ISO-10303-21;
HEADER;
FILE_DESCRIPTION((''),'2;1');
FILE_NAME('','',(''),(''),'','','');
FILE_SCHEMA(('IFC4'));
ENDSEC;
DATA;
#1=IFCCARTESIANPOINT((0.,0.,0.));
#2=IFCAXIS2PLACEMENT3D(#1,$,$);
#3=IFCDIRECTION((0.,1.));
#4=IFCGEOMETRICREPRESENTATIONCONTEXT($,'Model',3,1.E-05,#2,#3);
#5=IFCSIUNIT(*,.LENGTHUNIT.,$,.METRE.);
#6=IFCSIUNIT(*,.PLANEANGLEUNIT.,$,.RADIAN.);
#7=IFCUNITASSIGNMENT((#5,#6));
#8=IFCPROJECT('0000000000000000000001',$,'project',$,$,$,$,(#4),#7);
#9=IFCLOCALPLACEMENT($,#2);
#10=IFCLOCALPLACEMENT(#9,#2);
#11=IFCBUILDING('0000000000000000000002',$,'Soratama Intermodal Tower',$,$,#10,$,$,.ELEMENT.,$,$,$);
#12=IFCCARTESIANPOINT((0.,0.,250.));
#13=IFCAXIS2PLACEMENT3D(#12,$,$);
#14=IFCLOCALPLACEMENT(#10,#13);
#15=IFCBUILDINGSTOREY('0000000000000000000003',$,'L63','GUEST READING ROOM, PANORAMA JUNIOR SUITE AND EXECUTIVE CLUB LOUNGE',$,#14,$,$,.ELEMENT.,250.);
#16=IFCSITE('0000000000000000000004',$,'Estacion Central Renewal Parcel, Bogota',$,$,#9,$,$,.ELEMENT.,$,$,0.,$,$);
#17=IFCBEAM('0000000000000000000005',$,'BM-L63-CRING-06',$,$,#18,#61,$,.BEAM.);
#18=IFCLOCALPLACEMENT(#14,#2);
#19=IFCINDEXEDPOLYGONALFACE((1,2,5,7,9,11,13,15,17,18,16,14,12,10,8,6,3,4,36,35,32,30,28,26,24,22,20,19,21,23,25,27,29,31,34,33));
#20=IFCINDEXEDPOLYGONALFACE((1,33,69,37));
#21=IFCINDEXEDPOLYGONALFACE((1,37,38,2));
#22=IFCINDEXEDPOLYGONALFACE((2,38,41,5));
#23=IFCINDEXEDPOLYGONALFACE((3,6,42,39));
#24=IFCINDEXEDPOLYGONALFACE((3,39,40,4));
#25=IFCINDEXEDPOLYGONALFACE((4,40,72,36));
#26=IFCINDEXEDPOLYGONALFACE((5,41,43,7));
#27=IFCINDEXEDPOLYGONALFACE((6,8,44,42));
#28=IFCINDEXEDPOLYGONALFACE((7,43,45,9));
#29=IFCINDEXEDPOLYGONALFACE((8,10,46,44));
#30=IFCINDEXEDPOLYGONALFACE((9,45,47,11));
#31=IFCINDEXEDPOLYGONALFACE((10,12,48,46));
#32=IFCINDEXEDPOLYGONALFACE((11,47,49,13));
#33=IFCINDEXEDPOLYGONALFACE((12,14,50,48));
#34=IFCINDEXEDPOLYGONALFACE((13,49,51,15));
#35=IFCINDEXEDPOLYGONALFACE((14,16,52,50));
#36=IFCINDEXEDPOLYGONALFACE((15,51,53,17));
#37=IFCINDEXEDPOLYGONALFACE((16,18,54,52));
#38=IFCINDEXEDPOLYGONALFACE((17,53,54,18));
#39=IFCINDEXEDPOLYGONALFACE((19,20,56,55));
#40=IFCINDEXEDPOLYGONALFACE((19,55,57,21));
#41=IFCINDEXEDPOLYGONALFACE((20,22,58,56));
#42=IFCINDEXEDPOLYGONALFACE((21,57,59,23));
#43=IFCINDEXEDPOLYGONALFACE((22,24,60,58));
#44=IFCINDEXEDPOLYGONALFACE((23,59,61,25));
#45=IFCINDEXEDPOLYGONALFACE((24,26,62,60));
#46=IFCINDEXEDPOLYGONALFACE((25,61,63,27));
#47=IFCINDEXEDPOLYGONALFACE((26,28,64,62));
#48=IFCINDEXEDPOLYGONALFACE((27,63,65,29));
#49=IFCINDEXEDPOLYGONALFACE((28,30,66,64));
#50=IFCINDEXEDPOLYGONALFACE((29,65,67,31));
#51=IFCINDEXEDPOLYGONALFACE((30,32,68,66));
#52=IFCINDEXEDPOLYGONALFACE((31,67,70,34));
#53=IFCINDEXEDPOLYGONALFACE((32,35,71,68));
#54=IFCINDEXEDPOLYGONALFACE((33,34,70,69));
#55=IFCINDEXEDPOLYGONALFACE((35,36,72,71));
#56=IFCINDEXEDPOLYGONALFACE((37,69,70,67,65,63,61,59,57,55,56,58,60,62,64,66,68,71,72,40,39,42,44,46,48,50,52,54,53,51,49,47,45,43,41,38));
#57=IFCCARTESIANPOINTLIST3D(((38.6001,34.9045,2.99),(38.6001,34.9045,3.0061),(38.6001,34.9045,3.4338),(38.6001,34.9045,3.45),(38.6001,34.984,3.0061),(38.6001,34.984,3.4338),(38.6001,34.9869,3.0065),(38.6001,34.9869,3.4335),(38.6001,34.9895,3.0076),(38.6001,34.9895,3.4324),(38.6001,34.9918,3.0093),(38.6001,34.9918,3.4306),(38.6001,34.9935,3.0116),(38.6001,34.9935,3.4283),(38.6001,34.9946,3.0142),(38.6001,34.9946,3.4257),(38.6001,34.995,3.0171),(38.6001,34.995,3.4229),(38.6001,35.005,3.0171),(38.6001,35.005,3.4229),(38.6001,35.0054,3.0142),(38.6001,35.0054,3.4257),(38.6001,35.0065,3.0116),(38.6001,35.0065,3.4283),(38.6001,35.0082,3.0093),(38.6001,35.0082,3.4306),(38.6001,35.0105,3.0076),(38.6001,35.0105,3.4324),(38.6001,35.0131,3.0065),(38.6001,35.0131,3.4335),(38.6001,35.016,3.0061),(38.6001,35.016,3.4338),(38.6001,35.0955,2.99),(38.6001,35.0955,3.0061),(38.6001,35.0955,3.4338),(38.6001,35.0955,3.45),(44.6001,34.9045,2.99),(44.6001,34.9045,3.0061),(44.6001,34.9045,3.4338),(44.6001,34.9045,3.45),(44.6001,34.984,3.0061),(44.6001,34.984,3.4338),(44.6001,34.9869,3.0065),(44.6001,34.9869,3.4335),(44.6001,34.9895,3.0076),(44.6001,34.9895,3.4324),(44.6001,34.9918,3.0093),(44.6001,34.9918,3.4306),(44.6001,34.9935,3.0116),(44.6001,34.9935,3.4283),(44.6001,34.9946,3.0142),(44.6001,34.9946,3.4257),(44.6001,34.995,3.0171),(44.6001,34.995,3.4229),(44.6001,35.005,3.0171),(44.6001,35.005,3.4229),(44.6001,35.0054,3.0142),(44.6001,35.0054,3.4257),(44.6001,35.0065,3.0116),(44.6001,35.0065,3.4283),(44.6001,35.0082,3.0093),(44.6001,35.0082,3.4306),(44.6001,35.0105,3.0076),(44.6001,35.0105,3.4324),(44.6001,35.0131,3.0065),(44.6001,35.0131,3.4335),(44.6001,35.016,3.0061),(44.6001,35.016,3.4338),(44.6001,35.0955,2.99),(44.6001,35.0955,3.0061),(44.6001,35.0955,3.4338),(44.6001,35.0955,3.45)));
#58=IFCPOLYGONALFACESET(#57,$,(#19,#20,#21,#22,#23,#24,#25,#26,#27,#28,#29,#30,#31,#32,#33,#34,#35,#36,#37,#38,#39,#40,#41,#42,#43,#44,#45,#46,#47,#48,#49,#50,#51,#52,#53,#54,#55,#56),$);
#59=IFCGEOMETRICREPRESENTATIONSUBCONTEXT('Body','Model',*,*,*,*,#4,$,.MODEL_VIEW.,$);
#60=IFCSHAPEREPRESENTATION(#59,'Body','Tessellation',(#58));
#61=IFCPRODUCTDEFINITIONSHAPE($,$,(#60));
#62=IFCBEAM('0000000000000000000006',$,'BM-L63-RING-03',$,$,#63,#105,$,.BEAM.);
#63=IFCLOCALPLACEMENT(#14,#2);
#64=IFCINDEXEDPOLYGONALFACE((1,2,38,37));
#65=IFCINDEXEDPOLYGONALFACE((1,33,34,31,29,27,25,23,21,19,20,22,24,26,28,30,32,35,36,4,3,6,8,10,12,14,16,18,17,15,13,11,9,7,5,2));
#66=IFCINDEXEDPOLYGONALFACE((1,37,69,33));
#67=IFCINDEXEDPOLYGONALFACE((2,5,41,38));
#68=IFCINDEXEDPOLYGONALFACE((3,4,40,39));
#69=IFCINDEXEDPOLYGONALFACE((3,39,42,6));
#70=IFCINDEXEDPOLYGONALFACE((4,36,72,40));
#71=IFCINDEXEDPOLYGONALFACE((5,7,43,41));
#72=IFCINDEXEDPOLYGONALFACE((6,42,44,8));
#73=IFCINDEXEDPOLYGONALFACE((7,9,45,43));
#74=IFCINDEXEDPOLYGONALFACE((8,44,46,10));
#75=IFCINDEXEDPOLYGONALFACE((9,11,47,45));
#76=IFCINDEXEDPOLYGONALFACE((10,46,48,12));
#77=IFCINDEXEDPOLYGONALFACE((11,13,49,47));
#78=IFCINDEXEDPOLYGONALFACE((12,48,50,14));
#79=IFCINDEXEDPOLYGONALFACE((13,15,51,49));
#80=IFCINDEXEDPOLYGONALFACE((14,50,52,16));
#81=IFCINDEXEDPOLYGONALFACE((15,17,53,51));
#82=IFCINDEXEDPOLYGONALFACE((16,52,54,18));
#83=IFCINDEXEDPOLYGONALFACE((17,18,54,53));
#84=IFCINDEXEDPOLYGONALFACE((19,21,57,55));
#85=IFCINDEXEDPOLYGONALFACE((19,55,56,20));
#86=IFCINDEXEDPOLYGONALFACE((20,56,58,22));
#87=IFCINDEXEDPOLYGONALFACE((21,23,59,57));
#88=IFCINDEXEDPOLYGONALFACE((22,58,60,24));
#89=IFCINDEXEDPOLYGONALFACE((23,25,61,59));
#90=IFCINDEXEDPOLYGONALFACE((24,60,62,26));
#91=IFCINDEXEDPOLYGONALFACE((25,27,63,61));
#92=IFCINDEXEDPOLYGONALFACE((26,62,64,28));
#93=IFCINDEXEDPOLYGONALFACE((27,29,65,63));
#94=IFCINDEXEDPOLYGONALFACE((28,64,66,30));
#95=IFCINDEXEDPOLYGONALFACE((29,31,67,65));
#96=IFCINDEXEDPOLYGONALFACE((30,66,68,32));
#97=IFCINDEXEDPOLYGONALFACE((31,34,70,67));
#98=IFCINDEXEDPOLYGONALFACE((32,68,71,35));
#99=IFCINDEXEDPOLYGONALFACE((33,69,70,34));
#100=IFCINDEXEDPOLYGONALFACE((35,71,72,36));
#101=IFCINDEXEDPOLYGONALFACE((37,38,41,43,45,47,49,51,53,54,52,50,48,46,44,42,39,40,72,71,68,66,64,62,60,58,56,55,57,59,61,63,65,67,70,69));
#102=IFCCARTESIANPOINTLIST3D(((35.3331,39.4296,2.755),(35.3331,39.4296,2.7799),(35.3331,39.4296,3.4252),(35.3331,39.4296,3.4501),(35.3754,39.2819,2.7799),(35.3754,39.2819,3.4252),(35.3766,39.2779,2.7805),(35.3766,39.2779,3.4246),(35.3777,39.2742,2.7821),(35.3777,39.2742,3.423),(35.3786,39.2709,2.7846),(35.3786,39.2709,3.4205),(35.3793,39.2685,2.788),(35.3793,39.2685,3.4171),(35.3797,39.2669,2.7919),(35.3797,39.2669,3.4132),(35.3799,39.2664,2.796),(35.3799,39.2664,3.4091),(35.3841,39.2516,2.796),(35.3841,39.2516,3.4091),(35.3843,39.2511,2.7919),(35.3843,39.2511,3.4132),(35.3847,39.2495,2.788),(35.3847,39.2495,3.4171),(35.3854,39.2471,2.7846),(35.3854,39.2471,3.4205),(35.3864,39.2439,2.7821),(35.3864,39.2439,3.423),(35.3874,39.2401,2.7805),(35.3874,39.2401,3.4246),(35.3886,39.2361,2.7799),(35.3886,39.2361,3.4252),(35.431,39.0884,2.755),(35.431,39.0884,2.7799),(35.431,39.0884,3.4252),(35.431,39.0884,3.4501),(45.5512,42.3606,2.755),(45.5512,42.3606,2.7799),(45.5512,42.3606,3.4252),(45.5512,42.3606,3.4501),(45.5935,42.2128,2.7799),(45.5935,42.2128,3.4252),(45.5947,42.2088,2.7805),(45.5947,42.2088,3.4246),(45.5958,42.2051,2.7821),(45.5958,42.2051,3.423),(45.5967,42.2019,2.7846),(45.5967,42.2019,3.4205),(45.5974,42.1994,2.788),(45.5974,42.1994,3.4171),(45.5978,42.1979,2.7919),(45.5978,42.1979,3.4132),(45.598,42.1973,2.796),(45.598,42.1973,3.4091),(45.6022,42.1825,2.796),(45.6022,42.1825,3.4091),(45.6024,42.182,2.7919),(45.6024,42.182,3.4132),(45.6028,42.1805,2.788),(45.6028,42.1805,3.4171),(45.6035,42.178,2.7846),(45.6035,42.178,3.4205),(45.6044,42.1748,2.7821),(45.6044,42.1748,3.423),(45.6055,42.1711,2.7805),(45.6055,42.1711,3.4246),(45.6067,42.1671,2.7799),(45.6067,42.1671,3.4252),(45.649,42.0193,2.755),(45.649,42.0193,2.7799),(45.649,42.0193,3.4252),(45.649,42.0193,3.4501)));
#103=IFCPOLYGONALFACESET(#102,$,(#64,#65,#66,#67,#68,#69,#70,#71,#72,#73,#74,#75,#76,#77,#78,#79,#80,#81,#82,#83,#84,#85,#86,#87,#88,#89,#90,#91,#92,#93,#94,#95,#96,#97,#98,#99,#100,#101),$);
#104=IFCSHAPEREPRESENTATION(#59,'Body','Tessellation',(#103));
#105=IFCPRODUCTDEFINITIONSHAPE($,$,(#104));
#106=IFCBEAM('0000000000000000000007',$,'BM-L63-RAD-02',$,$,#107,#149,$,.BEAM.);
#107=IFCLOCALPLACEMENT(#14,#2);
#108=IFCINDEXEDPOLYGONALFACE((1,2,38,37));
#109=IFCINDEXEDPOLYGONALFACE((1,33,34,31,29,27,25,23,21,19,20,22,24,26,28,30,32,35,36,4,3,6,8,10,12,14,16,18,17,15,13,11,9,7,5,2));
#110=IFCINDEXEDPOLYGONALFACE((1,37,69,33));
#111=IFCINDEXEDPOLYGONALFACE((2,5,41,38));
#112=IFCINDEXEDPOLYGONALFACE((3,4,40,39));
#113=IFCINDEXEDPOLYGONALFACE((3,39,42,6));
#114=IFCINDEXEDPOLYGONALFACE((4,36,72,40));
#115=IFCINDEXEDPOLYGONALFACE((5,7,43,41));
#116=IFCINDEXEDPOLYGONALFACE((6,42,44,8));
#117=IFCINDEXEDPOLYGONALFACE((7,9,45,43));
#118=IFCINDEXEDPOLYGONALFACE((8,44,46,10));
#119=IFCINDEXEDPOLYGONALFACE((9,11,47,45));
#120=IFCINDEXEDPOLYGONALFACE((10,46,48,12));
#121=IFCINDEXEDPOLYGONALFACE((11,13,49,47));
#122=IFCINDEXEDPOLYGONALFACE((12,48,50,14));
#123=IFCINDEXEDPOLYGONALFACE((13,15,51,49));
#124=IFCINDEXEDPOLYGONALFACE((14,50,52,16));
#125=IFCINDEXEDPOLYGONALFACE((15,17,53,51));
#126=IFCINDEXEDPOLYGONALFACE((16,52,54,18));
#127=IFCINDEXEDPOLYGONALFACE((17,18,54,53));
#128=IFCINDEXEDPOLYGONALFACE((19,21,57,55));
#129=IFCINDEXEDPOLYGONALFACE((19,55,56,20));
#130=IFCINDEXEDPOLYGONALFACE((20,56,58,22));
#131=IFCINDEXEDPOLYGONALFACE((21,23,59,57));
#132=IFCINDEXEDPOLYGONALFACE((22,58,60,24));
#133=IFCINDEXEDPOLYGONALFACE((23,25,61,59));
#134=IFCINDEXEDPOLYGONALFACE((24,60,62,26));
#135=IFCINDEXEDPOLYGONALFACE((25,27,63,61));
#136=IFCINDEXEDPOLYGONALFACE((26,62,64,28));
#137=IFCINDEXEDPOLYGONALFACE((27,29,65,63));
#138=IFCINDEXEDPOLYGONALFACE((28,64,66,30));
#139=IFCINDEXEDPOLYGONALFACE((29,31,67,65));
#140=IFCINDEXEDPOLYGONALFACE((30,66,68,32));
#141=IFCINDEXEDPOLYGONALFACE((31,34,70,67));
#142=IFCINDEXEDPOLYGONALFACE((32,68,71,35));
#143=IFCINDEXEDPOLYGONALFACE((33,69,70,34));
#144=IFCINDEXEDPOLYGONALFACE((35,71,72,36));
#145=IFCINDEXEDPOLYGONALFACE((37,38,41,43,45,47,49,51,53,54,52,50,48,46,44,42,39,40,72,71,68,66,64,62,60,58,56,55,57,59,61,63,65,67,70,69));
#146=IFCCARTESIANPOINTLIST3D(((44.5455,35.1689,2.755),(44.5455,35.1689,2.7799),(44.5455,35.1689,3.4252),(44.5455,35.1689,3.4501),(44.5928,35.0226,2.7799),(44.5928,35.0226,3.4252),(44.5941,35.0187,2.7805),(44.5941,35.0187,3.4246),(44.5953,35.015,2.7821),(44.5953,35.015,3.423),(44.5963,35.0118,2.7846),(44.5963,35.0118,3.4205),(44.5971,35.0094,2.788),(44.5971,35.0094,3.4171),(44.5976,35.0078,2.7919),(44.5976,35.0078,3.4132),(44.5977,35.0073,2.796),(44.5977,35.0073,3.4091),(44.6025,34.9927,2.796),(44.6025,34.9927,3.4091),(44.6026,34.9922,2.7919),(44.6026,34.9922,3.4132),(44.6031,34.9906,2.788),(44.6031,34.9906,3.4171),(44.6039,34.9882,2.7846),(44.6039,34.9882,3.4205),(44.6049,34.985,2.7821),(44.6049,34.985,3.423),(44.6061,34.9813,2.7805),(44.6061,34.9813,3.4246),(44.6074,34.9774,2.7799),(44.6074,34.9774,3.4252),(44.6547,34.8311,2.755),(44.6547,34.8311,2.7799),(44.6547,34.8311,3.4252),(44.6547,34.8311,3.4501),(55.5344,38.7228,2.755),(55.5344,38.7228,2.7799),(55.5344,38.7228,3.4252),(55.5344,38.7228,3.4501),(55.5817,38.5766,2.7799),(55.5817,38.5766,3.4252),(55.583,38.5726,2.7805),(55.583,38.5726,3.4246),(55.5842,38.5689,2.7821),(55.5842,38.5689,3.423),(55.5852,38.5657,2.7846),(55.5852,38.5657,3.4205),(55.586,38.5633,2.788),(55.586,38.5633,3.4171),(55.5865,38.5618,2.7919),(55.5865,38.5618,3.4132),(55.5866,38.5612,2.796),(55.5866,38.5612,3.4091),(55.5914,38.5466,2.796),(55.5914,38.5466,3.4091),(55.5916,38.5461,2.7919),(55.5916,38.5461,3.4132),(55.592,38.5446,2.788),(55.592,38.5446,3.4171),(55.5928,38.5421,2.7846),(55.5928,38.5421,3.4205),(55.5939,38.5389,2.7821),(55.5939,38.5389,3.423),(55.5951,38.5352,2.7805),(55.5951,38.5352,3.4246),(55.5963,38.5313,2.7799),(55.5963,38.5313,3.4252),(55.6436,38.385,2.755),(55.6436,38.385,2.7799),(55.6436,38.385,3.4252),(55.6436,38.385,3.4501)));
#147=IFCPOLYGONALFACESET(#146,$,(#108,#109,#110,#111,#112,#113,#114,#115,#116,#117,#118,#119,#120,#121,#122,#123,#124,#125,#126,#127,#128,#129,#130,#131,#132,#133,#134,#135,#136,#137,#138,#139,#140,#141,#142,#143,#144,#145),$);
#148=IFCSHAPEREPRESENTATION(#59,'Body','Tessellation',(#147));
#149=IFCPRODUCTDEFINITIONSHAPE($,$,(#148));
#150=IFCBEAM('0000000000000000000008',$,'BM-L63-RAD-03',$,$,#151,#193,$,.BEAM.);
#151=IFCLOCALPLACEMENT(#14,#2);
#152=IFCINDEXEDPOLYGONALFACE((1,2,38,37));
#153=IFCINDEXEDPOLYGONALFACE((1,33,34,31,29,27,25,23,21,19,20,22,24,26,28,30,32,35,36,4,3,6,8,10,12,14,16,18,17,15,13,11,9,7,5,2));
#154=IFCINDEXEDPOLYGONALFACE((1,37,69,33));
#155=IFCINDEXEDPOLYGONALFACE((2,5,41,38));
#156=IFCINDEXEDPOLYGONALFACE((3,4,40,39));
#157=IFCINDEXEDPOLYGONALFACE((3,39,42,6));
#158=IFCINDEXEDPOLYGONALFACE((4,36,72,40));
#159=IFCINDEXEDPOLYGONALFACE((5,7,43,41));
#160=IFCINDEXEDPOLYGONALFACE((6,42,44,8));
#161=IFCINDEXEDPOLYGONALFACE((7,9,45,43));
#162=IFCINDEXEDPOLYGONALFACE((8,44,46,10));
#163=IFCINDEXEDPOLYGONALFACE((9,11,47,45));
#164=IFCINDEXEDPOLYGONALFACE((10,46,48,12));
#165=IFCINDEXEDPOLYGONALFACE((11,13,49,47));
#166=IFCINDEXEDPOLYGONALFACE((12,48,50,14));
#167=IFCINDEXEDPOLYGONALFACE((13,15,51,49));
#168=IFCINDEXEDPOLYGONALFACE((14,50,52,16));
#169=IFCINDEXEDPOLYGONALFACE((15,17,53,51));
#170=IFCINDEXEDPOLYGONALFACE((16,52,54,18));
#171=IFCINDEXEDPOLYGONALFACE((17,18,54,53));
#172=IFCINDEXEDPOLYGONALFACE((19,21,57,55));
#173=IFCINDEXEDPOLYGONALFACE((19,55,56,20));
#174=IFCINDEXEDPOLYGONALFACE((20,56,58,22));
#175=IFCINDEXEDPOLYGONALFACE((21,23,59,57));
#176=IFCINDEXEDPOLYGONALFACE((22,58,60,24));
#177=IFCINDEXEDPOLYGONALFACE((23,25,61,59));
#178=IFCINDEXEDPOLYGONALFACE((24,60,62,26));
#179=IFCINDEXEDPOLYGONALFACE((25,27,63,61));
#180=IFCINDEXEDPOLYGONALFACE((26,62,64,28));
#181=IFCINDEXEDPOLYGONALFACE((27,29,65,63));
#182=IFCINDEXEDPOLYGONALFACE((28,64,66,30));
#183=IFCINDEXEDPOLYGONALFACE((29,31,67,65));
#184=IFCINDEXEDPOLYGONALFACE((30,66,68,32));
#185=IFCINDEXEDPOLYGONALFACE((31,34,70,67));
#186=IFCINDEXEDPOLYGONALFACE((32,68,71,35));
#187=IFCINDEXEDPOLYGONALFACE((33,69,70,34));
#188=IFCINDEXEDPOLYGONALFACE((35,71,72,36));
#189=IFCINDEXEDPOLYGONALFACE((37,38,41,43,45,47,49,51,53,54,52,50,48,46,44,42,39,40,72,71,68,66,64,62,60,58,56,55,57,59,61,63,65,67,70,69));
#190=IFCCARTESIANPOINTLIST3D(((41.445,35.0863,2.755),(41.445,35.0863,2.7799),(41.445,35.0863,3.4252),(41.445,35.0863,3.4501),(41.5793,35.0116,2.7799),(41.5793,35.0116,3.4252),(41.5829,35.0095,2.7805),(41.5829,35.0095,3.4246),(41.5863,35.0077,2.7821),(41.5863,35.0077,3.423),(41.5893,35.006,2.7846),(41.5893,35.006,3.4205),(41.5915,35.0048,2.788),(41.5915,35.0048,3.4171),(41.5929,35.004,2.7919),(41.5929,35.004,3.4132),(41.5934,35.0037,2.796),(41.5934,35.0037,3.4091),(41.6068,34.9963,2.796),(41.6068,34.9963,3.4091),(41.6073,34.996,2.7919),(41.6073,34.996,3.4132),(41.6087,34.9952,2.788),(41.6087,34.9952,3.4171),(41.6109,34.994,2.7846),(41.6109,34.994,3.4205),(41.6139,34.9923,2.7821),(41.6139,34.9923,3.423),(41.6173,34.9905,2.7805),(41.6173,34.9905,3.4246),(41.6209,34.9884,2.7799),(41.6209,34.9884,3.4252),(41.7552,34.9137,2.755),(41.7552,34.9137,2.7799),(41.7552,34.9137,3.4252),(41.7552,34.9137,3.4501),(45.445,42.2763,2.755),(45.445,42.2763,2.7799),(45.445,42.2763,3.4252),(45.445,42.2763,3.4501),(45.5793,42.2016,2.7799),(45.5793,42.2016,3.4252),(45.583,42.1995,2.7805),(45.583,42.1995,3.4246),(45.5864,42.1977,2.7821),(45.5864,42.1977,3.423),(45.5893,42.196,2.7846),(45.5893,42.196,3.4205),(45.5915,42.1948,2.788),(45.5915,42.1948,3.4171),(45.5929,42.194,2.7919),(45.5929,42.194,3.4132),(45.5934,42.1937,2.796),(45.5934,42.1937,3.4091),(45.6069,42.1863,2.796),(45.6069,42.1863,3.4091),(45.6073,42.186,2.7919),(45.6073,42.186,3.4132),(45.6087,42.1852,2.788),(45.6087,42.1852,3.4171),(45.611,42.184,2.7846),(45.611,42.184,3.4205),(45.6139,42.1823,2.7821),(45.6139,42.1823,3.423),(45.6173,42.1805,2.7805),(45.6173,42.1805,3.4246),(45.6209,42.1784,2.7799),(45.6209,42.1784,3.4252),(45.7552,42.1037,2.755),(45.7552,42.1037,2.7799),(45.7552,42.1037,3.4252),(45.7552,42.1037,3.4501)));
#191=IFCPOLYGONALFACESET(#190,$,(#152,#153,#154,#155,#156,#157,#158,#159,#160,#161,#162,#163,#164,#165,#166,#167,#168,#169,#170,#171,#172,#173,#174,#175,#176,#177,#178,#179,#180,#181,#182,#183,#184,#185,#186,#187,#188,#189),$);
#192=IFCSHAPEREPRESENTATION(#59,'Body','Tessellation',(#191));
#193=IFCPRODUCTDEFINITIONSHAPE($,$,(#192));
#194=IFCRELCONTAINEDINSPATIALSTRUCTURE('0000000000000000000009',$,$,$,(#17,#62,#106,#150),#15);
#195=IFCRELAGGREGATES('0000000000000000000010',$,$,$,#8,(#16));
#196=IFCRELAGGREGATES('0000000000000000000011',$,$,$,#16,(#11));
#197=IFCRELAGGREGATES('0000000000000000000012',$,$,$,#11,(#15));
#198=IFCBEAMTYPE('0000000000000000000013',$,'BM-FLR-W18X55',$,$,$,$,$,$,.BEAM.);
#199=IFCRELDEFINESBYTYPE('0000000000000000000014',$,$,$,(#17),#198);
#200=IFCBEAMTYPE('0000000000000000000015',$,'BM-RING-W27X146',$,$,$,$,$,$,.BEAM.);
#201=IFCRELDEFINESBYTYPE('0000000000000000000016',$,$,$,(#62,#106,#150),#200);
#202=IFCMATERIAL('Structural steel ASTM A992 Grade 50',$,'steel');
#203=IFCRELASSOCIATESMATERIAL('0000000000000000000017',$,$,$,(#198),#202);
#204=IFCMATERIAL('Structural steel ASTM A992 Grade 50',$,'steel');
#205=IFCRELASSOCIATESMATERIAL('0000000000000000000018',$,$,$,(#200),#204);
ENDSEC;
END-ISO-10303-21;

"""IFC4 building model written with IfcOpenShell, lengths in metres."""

from ifc_helpers import new_model, si_unit, direction, frame, origin, origin_2d, place, context, subcontext, project, spatial, i_section, extrude, material, material_profile, profile_set, type_object, element, save


model = new_model("IFC4")

# Units and contexts
model_context = context("Model", 3, precision=1e-05, world=origin(), true_north=direction((0.0, 1.0)))
body_context = subcontext(model_context, "Body", "Model", "MODEL_VIEW")
ifc_project = project(units=[si_unit("LENGTHUNIT", "METRE"), si_unit("PLANEANGLEUNIT", "RADIAN")], contexts=[model_context])

# Site, building, storey
site_placement = place(None, origin())
site = spatial("IfcSite", under=ifc_project, at=site_placement, Name="Estacion Central Renewal Parcel, Bogota", CompositionType="ELEMENT", RefElevation=0.0)
building_placement = place(site_placement, origin())
building = spatial("IfcBuilding", under=site, at=building_placement, Name="Soratama Intermodal Tower", CompositionType="ELEMENT")
storey_placement = place(building_placement, frame((0.0, 0.0, 250.0)))
storey = spatial("IfcBuildingStorey", under=building, at=storey_placement, Name="L63", Description="GUEST READING ROOM, PANORAMA JUNIOR SUITE AND EXECUTIVE CLUB LOUNGE", CompositionType="ELEMENT", Elevation=250.0)

# Beams
ifc_material_1 = material(Name="Structural steel ASTM A992 Grade 50", Category="steel")
ifc_material_profile_1 = material_profile(ifc_material_1, i_section(OverallWidth=0.1909, OverallDepth=0.46, WebThickness=0.01, FlangeThickness=0.0161, FilletRadius=0.011, at=origin_2d()), Name="W18X55")
ifc_profile_set_1 = profile_set([ifc_material_profile_1], Name="Structural steel ASTM A992 Grade 50")
beam_type_1 = type_object("IfcBeamType", Name="BM-FLR-W18X55", PredefinedType="BEAM", material=ifc_profile_set_1)
beam_1_placement = place(storey_placement, frame((44.6001, 35.0, 3.22), z_axis=(-1.0, 0.0, 0.0), x_axis=(0.0, -1.0, 0.0)))
element("IfcBeam", 1, at=beam_1_placement, inside=storey, type_object=beam_type_1, Name="BM-L63-CRING-06", PredefinedType="BEAM", context=body_context, shape_type="SweptSolid", body=[
    extrude(i_section(OverallWidth=0.1909, OverallDepth=0.46, WebThickness=0.01, FlangeThickness=0.0161, FilletRadius=0.011, at=origin_2d()), origin(), (0.0, 0.0, 1.0), 6.0),
])
ifc_material_2 = material(Name="Structural steel ASTM A992 Grade 50", Category="steel")
ifc_material_profile_2 = material_profile(ifc_material_2, i_section(OverallWidth=0.355, OverallDepth=0.6951, WebThickness=0.0154, FlangeThickness=0.0249, FilletRadius=0.0161, at=origin_2d()), Name="W27X146")
ifc_profile_set_2 = profile_set([ifc_material_profile_2], Name="Structural steel ASTM A992 Grade 50")
beam_type_2 = type_object("IfcBeamType", Name="BM-RING-W27X146", PredefinedType="BEAM", material=ifc_profile_set_2)
beam_2_placement = place(storey_placement, frame((45.6001, 42.1899, 3.1025), z_axis=(-0.961238, -0.275719, 0.0), x_axis=(0.275719, -0.961238, 0.0)))
element("IfcBeam", 2, at=beam_2_placement, inside=storey, type_object=beam_type_2, Name="BM-L63-RING-03", PredefinedType="BEAM", context=body_context, shape_type="SweptSolid", body=[
    extrude(i_section(OverallWidth=0.355, OverallDepth=0.6951, WebThickness=0.0154, FlangeThickness=0.0249, FilletRadius=0.0161, at=origin_2d()), origin(), (0.0, 0.0, 1.0), 10.6301),
])
beam_3_placement = place(storey_placement, frame((44.6001, 35.0, 3.1025), z_axis=(0.951478, 0.307717, 0.0), x_axis=(-0.307717, 0.951478, 0.0)))
element("IfcBeam", 3, at=beam_3_placement, inside=storey, type_object=beam_type_2, Name="BM-L63-RAD-02", PredefinedType="BEAM", context=body_context, shape_type="SweptSolid", body=[
    extrude(i_section(OverallWidth=0.355, OverallDepth=0.6951, WebThickness=0.0154, FlangeThickness=0.0249, FilletRadius=0.0161, at=origin_2d()), origin(), (0.0, 0.0, 1.0), 11.5493),
])
beam_4_placement = place(storey_placement, frame((41.6001, 35.0, 3.1025), z_axis=(0.486162, 0.873869, 0.0), x_axis=(-0.873869, 0.486162, 0.0)))
element("IfcBeam", 4, at=beam_4_placement, inside=storey, type_object=beam_type_2, Name="BM-L63-RAD-03", PredefinedType="BEAM", context=body_context, shape_type="SweptSolid", body=[
    extrude(i_section(OverallWidth=0.355, OverallDepth=0.6951, WebThickness=0.0154, FlangeThickness=0.0249, FilletRadius=0.0161, at=origin_2d()), origin(), (0.0, 0.0, 1.0), 8.2278),
])

save(model, "model.ifc")
